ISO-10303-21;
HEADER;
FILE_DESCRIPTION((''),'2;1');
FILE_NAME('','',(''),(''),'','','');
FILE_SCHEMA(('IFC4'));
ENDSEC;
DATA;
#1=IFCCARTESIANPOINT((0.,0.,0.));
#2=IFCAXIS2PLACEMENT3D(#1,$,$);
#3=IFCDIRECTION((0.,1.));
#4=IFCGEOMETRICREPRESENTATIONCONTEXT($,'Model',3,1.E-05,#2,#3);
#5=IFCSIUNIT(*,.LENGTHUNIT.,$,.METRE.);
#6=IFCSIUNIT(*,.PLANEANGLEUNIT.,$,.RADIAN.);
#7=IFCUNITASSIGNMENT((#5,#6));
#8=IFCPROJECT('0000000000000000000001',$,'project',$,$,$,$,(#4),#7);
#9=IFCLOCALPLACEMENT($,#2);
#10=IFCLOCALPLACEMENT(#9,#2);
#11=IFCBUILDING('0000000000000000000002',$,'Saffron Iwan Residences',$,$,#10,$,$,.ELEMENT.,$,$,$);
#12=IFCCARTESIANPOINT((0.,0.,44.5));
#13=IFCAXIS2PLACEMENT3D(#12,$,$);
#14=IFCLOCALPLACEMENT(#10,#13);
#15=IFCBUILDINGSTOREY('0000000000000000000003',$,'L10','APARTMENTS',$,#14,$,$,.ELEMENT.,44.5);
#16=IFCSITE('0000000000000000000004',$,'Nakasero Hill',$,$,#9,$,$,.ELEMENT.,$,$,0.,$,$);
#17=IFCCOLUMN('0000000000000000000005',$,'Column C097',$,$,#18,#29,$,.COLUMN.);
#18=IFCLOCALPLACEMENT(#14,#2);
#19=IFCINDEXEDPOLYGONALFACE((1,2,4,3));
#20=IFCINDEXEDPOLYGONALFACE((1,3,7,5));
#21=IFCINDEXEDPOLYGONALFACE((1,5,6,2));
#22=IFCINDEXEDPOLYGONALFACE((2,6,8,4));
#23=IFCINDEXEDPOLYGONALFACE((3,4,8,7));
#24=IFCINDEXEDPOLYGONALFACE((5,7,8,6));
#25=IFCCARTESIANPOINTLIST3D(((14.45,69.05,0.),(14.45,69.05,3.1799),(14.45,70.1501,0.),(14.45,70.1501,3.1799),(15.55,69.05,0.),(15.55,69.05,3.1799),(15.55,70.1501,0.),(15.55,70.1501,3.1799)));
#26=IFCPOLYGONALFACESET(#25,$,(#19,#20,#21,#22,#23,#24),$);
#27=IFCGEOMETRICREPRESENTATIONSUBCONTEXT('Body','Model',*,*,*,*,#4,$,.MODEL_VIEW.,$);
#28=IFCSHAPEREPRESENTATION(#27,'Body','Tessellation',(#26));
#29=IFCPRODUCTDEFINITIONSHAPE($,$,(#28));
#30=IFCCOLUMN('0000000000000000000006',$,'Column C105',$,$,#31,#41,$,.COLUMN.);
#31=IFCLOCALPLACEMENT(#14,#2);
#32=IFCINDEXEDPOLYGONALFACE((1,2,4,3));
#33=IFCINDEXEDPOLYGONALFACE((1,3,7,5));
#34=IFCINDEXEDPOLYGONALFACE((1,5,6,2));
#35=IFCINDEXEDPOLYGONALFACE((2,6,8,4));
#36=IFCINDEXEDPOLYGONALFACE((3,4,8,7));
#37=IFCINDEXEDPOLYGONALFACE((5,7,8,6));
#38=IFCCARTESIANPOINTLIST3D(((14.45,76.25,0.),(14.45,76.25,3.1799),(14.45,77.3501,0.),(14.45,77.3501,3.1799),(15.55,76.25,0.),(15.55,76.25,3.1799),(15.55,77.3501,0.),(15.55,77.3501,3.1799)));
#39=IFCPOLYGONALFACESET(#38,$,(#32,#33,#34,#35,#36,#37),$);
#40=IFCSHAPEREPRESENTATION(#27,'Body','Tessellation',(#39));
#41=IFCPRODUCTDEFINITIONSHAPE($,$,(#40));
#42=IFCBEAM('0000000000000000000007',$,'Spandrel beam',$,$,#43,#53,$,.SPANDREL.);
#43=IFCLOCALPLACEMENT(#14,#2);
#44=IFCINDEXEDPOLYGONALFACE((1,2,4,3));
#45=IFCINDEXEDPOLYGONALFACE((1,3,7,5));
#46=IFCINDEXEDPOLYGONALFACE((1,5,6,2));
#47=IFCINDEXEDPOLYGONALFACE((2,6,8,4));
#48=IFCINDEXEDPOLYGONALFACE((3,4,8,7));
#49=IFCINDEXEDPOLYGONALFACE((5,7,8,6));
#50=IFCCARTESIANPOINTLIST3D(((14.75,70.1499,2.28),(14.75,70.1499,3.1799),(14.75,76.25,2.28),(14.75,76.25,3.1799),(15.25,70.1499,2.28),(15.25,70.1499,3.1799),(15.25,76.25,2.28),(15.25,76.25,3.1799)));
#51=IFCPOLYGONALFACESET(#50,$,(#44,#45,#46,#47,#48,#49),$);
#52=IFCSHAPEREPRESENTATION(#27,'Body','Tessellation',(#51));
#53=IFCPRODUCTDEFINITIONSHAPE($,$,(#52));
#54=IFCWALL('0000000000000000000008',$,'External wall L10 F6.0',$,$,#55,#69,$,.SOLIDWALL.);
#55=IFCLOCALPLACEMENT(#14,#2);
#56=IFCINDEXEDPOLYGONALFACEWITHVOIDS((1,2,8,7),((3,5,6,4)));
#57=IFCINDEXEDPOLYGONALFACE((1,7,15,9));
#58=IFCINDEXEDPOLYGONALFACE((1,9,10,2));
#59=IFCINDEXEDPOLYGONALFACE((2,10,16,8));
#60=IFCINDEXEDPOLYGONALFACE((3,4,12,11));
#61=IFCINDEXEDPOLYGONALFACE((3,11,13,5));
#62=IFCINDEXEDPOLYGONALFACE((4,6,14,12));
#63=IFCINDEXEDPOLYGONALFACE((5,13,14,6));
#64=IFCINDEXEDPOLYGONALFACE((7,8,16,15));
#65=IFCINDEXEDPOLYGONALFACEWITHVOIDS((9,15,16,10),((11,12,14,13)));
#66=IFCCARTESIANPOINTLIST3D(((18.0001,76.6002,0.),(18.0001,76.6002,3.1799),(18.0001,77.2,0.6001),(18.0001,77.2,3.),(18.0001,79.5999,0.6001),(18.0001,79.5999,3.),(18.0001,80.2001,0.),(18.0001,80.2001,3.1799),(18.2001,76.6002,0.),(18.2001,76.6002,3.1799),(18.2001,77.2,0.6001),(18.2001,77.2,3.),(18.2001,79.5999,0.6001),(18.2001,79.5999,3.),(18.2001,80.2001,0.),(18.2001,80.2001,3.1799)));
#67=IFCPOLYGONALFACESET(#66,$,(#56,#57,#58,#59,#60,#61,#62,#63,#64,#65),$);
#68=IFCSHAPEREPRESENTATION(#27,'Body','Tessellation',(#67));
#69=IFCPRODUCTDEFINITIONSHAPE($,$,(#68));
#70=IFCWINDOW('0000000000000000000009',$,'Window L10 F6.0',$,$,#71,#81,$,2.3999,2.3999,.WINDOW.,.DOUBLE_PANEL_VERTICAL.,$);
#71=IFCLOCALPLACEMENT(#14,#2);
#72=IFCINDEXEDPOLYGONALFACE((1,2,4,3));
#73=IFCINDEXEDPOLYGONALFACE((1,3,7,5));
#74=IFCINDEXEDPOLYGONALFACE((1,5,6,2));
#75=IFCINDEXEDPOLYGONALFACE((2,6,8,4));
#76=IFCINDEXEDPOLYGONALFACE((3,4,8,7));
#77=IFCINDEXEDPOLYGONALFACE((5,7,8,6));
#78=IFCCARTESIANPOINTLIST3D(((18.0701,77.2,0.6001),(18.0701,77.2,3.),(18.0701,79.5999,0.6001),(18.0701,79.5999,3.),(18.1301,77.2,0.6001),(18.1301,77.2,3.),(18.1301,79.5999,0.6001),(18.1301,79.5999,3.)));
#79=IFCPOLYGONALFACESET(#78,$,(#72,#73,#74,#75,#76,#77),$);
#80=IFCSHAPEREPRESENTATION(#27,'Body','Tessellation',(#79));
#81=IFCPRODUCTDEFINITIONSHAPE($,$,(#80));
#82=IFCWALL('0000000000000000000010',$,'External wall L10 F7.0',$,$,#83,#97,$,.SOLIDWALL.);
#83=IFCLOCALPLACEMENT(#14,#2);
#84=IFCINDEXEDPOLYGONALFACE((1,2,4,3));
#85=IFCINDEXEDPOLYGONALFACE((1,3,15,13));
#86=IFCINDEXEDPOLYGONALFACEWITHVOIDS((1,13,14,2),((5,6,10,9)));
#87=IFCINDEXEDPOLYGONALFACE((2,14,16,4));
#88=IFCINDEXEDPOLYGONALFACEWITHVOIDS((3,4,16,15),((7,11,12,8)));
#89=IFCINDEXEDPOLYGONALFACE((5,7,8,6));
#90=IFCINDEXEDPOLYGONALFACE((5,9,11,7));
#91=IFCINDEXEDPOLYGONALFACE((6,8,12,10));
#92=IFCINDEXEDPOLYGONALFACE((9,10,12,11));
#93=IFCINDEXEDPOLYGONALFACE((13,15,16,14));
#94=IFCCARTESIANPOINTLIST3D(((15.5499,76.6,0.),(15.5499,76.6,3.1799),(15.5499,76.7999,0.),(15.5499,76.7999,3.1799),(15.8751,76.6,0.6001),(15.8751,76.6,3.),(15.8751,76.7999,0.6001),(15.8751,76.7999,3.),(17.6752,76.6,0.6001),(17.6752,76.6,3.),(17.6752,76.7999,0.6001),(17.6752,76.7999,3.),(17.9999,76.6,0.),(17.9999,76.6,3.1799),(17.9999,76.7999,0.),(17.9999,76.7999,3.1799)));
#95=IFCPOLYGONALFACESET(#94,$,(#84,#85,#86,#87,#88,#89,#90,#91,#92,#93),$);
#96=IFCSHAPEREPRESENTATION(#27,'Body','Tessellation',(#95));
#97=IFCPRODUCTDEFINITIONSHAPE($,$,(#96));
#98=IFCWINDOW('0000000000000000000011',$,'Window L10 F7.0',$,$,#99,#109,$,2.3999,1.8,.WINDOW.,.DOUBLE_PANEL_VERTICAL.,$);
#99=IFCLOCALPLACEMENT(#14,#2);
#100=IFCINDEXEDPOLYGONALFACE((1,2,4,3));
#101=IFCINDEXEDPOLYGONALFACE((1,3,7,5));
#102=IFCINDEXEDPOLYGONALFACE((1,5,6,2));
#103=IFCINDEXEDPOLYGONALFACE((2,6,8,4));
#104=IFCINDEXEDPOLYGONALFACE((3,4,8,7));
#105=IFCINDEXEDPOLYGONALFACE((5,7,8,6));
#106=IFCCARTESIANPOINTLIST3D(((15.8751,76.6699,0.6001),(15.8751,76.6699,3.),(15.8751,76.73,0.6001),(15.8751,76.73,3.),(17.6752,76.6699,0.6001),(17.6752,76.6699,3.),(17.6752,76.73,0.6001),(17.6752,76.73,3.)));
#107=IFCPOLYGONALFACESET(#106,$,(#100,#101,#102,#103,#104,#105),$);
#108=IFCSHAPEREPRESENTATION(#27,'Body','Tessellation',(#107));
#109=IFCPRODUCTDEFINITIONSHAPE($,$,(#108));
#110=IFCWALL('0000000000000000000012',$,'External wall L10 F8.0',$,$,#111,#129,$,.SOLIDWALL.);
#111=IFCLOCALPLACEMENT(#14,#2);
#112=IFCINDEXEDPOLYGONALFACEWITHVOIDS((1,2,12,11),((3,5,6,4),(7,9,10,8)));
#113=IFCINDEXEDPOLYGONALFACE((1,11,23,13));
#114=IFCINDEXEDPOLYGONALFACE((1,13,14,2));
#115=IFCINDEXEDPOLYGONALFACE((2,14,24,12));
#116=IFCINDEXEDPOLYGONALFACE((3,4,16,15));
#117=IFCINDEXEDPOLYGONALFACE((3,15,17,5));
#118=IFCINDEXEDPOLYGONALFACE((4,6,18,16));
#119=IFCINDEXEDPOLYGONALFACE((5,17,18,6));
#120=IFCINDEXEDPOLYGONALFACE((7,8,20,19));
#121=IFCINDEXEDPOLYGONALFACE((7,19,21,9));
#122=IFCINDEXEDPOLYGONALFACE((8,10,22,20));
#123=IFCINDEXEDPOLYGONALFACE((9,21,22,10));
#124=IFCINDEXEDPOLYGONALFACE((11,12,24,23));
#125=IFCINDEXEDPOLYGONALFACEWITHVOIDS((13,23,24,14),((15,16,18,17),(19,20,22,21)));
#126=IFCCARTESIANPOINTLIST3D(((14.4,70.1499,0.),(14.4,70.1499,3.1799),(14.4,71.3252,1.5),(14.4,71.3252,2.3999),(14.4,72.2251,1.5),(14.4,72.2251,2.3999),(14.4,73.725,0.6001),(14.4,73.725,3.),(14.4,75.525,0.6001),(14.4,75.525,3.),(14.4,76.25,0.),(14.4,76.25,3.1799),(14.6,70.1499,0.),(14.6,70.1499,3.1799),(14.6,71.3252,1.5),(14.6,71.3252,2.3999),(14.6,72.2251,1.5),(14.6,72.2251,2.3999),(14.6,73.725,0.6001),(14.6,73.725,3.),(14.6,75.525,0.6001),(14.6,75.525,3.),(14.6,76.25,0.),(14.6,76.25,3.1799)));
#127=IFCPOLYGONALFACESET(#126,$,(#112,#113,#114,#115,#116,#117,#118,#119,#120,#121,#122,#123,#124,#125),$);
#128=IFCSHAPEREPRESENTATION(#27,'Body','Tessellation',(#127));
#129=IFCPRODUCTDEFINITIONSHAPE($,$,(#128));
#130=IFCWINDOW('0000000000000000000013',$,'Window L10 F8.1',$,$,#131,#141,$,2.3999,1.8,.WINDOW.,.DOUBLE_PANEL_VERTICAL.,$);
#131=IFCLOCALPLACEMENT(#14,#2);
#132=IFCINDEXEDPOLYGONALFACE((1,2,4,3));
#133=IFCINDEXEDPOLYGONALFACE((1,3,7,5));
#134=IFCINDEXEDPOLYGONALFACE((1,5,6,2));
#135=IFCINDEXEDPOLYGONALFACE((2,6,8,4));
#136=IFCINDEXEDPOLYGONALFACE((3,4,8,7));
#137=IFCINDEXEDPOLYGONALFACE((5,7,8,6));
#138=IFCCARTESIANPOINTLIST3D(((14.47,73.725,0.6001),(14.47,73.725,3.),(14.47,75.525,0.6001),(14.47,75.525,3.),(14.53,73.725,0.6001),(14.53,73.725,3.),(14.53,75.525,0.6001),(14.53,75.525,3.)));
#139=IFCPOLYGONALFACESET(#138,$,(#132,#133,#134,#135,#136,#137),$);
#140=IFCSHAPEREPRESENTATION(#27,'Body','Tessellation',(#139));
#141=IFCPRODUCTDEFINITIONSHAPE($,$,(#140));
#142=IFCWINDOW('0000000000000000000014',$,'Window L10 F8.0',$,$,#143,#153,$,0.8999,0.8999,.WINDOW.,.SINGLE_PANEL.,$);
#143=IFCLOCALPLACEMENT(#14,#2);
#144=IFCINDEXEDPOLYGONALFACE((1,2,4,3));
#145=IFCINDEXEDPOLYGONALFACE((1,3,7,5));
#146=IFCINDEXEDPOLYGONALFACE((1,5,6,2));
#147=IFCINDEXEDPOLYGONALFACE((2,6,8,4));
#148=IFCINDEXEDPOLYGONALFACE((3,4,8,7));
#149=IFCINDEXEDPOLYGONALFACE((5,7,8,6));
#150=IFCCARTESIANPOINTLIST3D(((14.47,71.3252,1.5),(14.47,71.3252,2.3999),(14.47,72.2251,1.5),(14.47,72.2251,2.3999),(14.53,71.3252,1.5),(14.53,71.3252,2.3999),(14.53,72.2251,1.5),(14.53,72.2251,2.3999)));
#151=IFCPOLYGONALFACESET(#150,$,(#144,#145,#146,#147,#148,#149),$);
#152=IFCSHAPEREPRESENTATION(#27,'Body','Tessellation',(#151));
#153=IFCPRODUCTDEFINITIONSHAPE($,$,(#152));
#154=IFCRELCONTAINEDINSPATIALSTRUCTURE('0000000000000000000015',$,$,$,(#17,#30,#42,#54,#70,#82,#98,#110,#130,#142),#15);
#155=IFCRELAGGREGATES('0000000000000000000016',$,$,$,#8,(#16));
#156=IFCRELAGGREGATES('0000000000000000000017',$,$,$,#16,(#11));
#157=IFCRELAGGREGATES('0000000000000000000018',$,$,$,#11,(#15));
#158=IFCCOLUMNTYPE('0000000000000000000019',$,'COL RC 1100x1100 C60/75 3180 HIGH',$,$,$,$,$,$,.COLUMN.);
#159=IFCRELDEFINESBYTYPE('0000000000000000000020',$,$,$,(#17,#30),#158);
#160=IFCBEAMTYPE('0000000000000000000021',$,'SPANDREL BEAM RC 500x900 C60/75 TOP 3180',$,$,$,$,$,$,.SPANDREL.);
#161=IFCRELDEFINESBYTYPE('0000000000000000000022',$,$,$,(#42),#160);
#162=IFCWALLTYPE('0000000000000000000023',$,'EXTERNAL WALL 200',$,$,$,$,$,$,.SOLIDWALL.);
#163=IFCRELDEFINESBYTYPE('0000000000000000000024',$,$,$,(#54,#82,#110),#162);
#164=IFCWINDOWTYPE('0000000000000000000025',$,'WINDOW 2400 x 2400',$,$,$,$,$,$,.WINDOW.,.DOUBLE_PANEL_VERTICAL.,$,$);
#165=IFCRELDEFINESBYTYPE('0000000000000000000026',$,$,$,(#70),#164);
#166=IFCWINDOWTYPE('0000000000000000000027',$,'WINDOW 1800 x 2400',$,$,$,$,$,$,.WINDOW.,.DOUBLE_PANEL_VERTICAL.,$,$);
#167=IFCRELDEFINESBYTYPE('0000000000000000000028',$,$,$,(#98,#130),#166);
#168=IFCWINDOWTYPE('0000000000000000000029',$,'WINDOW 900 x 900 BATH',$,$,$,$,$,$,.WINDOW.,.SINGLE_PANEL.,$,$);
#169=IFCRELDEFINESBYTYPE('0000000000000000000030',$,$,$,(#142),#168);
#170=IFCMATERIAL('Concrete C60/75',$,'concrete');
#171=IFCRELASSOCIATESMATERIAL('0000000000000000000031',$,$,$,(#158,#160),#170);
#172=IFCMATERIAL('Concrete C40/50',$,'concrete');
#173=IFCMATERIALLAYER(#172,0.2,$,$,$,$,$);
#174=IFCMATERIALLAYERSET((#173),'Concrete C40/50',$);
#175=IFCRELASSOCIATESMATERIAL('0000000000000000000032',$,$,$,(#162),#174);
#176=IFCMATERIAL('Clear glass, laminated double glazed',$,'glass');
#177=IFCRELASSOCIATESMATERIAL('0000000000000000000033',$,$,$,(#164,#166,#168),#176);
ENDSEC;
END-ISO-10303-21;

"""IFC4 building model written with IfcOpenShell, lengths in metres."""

from ifc_helpers import new_model, si_unit, direction, frame, frame_2d, origin, origin_2d, place, context, subcontext, project, spatial, rectangle, extrude, source, transform, mapped, material, layer, layer_set, material_profile, profile_set, type_object, element, fill, save


model = new_model("IFC4")

# Units and contexts
model_context = context("Model", 3, precision=1e-05, world=origin(), true_north=direction((0.0, 1.0)))
body_context = subcontext(model_context, "Body", "Model", "MODEL_VIEW")
ifc_project = project(units=[si_unit("LENGTHUNIT", "METRE"), si_unit("PLANEANGLEUNIT", "RADIAN")], contexts=[model_context])

# Site, building, storey
site_placement = place(None, origin())
site = spatial("IfcSite", under=ifc_project, at=site_placement, Name="Nakasero Hill", CompositionType="ELEMENT", RefElevation=0.0)
building_placement = place(site_placement, origin())
building = spatial("IfcBuilding", under=site, at=building_placement, Name="Saffron Iwan Residences", CompositionType="ELEMENT")
storey_placement = place(building_placement, frame((0.0, 0.0, 44.5)))
storey = spatial("IfcBuildingStorey", under=building, at=storey_placement, Name="L10", Description="APARTMENTS", CompositionType="ELEMENT", Elevation=44.5)

# Columns
ifc_material_1 = material(Name="Concrete C60/75", Category="concrete")
ifc_material_profile_1 = material_profile(ifc_material_1, rectangle(XDim=1.1001, YDim=1.1001, at=origin_2d()), Name="RC 1100x1100")
ifc_profile_set_1 = profile_set([ifc_material_profile_1], Name="Concrete C60/75")
column_type = type_object("IfcColumnType", Name="COL RC 1100x1100 C60/75 3180 HIGH", PredefinedType="COLUMN", material=ifc_profile_set_1)
shared_shape_1 = source(origin(), body_context, "Body", "SweptSolid", [
    extrude(rectangle(XDim=1.1001, YDim=1.1001, at=origin_2d()), origin(), (0.0, 0.0, 1.0), 3.1799),
])
for number, where, z_axis, x_axis, name in (
    (1, (15.0, 69.6001, 0.0), (0.0, 0.0, 1.0), (1.0, 0.0, 0.0), "Column C097"),
    (2, (15.0, 76.8, 0.0), (0.0, 0.0, 1.0), (1.0, 0.0, 0.0), "Column C105"),
):
    element("IfcColumn", number, at=place(storey_placement, frame(where, z_axis=z_axis, x_axis=x_axis)), inside=storey, type_object=column_type, Name=name, PredefinedType="COLUMN", context=body_context, shape_type="MappedRepresentation", body=[
        mapped(shared_shape_1, transform((0.0, 0.0, 0.0))),
    ])

# Beam
ifc_material_profile_2 = material_profile(ifc_material_1, rectangle(XDim=0.5, YDim=0.8999, at=origin_2d()), Name="RC 500x900")
ifc_profile_set_2 = profile_set([ifc_material_profile_2], Name="Concrete C60/75")
beam_type = type_object("IfcBeamType", Name="SPANDREL BEAM RC 500x900 C60/75 TOP 3180", PredefinedType="SPANDREL", material=ifc_profile_set_2)
shared_shape_2 = source(origin(), body_context, "Body", "SweptSolid", [
    extrude(rectangle(XDim=0.5, YDim=0.8999, at=origin_2d()), origin(), (0.0, 0.0, 1.0), 6.1001),
])
beam_placement = place(storey_placement, frame((15.0, 70.1499, 2.73), z_axis=(0.0, 1.0, 0.0), x_axis=(-1.0, 0.0, 0.0)))
element("IfcBeam", 3, at=beam_placement, inside=storey, type_object=beam_type, Name="Spandrel beam", PredefinedType="SPANDREL", context=body_context, shape_type="MappedRepresentation", body=[
    mapped(shared_shape_2, transform((0.0, 0.0, 0.0))),
])

# Walls, openings, windows
ifc_material_2 = material(Name="Concrete C40/50", Category="concrete")
ifc_layer_1 = layer(ifc_material_2, 0.2)
ifc_layer_set_1 = layer_set([ifc_layer_1], Name="Concrete C40/50")
wall_type_1 = type_object("IfcWallType", Name="EXTERNAL WALL 200", PredefinedType="SOLIDWALL", material=ifc_layer_set_1)
wall_1_placement = place(storey_placement, frame((18.1001, 80.2, 0.0), z_axis=(0.0, 0.0, 1.0), x_axis=(0.0, -1.0, 0.0)))
wall_1 = element("IfcWall", 4, at=wall_1_placement, inside=storey, type_object=wall_type_1, Name="External wall L10 F6.0", PredefinedType="SOLIDWALL", context=body_context, shape_type="SweptSolid", body=[
    extrude(rectangle(XDim=3.5999, YDim=0.2, at=frame_2d((1.7998, 0.0))), origin(), (0.0, 0.0, 1.0), 3.1799),
])
opening_1_placement = place(wall_1_placement, frame((0.6001, 0.0, 0.6001)))
opening_1 = element("IfcOpeningElement", 5, at=opening_1_placement, cuts=wall_1, PredefinedType="OPENING", context=body_context, shape_type="SweptSolid", body=[
    extrude(rectangle(XDim=2.3999, YDim=2.3999, at=frame_2d((1.2, 1.2))), frame((0.0, 0.1099, 0.0), z_axis=(0.0, -1.0, 0.0), x_axis=(1.0, 0.0, 0.0)), (0.0, 0.0, 1.0), 0.22),
])
ifc_material_3 = material(Name="Clear glass, laminated double glazed", Category="glass")
window_type_1 = type_object("IfcWindowType", Name="WINDOW 2400 x 2400", PartitioningType="DOUBLE_PANEL_VERTICAL", PredefinedType="WINDOW", material=ifc_material_3)
window_1_placement = place(opening_1_placement, origin())
window_1 = element("IfcWindow", 6, at=window_1_placement, inside=storey, type_object=window_type_1, Name="Window L10 F6.0", OverallHeight=2.3999, OverallWidth=2.3999, PartitioningType="DOUBLE_PANEL_VERTICAL", PredefinedType="WINDOW", context=body_context, shape_type="SweptSolid", body=[
    extrude(rectangle(XDim=2.3999, YDim=2.3999, at=frame_2d((1.2, 1.2))), frame((0.0, 0.03, 0.0), z_axis=(0.0, -1.0, 0.0), x_axis=(1.0, 0.0, 0.0)), (0.0, 0.0, 1.0), 0.0601),
])
fill(opening_1, window_1)
wall_2_placement = place(storey_placement, frame((18.0, 76.7, 0.0), z_axis=(0.0, 0.0, 1.0), x_axis=(-1.0, 0.0, 0.0)))
wall_2 = element("IfcWall", 7, at=wall_2_placement, inside=storey, type_object=wall_type_1, Name="External wall L10 F7.0", PredefinedType="SOLIDWALL", context=body_context, shape_type="SweptSolid", body=[
    extrude(rectangle(XDim=2.45, YDim=0.2, at=frame_2d((1.2251, 0.0))), origin(), (0.0, 0.0, 1.0), 3.1799),
])
opening_2_placement = place(wall_2_placement, frame((0.325, 0.0, 0.6001)))
opening_2 = element("IfcOpeningElement", 8, at=opening_2_placement, cuts=wall_2, PredefinedType="OPENING", context=body_context, shape_type="SweptSolid", body=[
    extrude(rectangle(XDim=1.8, YDim=2.3999, at=frame_2d((0.8999, 1.2))), frame((0.0, 0.1099, 0.0), z_axis=(0.0, -1.0, 0.0), x_axis=(1.0, 0.0, 0.0)), (0.0, 0.0, 1.0), 0.22),
])
window_type_2 = type_object("IfcWindowType", Name="WINDOW 1800 x 2400", PartitioningType="DOUBLE_PANEL_VERTICAL", PredefinedType="WINDOW", material=ifc_material_3)
window_2_placement = place(opening_2_placement, origin())
window_2 = element("IfcWindow", 9, at=window_2_placement, inside=storey, type_object=window_type_2, Name="Window L10 F7.0", OverallHeight=2.3999, OverallWidth=1.8, PartitioningType="DOUBLE_PANEL_VERTICAL", PredefinedType="WINDOW", context=body_context, shape_type="SweptSolid", body=[
    extrude(rectangle(XDim=1.8, YDim=2.3999, at=frame_2d((0.8999, 1.2))), frame((0.0, 0.03, 0.0), z_axis=(0.0, -1.0, 0.0), x_axis=(1.0, 0.0, 0.0)), (0.0, 0.0, 1.0), 0.0601),
])
fill(opening_2, window_2)

# Wall, openings, windows
wall_3_placement = place(storey_placement, frame((14.5, 76.25, 0.0), z_axis=(0.0, 0.0, 1.0), x_axis=(0.0, -1.0, 0.0)))
wall_3 = element("IfcWall", 10, at=wall_3_placement, inside=storey, type_object=wall_type_1, Name="External wall L10 F8.0", PredefinedType="SOLIDWALL", context=body_context, shape_type="SweptSolid", body=[
    extrude(rectangle(XDim=6.1001, YDim=0.2, at=frame_2d((3.05, 0.0))), origin(), (0.0, 0.0, 1.0), 3.1799),
])
opening_3_placement = place(wall_3_placement, frame((4.0249, 0.0, 1.5)))
opening_3 = element("IfcOpeningElement", 11, at=opening_3_placement, cuts=wall_3, PredefinedType="OPENING", context=body_context, shape_type="SweptSolid", body=[
    extrude(rectangle(XDim=0.8999, YDim=0.8999, at=frame_2d((0.45, 0.45))), frame((0.0, 0.1099, 0.0), z_axis=(0.0, -1.0, 0.0), x_axis=(1.0, 0.0, 0.0)), (0.0, 0.0, 1.0), 0.22),
])
opening_4_placement = place(wall_3_placement, frame((0.7251, 0.0, 0.6001)))
opening_4 = element("IfcOpeningElement", 12, at=opening_4_placement, cuts=wall_3, PredefinedType="OPENING", context=body_context, shape_type="SweptSolid", body=[
    extrude(rectangle(XDim=1.8, YDim=2.3999, at=frame_2d((0.8999, 1.2))), frame((0.0, 0.1099, 0.0), z_axis=(0.0, -1.0, 0.0), x_axis=(1.0, 0.0, 0.0)), (0.0, 0.0, 1.0), 0.22),
])
window_3_placement = place(opening_4_placement, origin())
window_3 = element("IfcWindow", 13, at=window_3_placement, inside=storey, type_object=window_type_2, Name="Window L10 F8.1", OverallHeight=2.3999, OverallWidth=1.8, PartitioningType="DOUBLE_PANEL_VERTICAL", PredefinedType="WINDOW", context=body_context, shape_type="SweptSolid", body=[
    extrude(rectangle(XDim=1.8, YDim=2.3999, at=frame_2d((0.8999, 1.2))), frame((0.0, 0.03, 0.0), z_axis=(0.0, -1.0, 0.0), x_axis=(1.0, 0.0, 0.0)), (0.0, 0.0, 1.0), 0.0601),
])
fill(opening_4, window_3)
window_type_3 = type_object("IfcWindowType", Name="WINDOW 900 x 900 BATH", PartitioningType="SINGLE_PANEL", PredefinedType="WINDOW", material=ifc_material_3)
window_4_placement = place(opening_3_placement, origin())
window_4 = element("IfcWindow", 14, at=window_4_placement, inside=storey, type_object=window_type_3, Name="Window L10 F8.0", OverallHeight=0.8999, OverallWidth=0.8999, PartitioningType="SINGLE_PANEL", PredefinedType="WINDOW", context=body_context, shape_type="SweptSolid", body=[
    extrude(rectangle(XDim=0.8999, YDim=0.8999, at=frame_2d((0.45, 0.45))), frame((0.0, 0.03, 0.0), z_axis=(0.0, -1.0, 0.0), x_axis=(1.0, 0.0, 0.0)), (0.0, 0.0, 1.0), 0.0601),
])
fill(opening_3, window_4)

save(model, "model.ifc")
